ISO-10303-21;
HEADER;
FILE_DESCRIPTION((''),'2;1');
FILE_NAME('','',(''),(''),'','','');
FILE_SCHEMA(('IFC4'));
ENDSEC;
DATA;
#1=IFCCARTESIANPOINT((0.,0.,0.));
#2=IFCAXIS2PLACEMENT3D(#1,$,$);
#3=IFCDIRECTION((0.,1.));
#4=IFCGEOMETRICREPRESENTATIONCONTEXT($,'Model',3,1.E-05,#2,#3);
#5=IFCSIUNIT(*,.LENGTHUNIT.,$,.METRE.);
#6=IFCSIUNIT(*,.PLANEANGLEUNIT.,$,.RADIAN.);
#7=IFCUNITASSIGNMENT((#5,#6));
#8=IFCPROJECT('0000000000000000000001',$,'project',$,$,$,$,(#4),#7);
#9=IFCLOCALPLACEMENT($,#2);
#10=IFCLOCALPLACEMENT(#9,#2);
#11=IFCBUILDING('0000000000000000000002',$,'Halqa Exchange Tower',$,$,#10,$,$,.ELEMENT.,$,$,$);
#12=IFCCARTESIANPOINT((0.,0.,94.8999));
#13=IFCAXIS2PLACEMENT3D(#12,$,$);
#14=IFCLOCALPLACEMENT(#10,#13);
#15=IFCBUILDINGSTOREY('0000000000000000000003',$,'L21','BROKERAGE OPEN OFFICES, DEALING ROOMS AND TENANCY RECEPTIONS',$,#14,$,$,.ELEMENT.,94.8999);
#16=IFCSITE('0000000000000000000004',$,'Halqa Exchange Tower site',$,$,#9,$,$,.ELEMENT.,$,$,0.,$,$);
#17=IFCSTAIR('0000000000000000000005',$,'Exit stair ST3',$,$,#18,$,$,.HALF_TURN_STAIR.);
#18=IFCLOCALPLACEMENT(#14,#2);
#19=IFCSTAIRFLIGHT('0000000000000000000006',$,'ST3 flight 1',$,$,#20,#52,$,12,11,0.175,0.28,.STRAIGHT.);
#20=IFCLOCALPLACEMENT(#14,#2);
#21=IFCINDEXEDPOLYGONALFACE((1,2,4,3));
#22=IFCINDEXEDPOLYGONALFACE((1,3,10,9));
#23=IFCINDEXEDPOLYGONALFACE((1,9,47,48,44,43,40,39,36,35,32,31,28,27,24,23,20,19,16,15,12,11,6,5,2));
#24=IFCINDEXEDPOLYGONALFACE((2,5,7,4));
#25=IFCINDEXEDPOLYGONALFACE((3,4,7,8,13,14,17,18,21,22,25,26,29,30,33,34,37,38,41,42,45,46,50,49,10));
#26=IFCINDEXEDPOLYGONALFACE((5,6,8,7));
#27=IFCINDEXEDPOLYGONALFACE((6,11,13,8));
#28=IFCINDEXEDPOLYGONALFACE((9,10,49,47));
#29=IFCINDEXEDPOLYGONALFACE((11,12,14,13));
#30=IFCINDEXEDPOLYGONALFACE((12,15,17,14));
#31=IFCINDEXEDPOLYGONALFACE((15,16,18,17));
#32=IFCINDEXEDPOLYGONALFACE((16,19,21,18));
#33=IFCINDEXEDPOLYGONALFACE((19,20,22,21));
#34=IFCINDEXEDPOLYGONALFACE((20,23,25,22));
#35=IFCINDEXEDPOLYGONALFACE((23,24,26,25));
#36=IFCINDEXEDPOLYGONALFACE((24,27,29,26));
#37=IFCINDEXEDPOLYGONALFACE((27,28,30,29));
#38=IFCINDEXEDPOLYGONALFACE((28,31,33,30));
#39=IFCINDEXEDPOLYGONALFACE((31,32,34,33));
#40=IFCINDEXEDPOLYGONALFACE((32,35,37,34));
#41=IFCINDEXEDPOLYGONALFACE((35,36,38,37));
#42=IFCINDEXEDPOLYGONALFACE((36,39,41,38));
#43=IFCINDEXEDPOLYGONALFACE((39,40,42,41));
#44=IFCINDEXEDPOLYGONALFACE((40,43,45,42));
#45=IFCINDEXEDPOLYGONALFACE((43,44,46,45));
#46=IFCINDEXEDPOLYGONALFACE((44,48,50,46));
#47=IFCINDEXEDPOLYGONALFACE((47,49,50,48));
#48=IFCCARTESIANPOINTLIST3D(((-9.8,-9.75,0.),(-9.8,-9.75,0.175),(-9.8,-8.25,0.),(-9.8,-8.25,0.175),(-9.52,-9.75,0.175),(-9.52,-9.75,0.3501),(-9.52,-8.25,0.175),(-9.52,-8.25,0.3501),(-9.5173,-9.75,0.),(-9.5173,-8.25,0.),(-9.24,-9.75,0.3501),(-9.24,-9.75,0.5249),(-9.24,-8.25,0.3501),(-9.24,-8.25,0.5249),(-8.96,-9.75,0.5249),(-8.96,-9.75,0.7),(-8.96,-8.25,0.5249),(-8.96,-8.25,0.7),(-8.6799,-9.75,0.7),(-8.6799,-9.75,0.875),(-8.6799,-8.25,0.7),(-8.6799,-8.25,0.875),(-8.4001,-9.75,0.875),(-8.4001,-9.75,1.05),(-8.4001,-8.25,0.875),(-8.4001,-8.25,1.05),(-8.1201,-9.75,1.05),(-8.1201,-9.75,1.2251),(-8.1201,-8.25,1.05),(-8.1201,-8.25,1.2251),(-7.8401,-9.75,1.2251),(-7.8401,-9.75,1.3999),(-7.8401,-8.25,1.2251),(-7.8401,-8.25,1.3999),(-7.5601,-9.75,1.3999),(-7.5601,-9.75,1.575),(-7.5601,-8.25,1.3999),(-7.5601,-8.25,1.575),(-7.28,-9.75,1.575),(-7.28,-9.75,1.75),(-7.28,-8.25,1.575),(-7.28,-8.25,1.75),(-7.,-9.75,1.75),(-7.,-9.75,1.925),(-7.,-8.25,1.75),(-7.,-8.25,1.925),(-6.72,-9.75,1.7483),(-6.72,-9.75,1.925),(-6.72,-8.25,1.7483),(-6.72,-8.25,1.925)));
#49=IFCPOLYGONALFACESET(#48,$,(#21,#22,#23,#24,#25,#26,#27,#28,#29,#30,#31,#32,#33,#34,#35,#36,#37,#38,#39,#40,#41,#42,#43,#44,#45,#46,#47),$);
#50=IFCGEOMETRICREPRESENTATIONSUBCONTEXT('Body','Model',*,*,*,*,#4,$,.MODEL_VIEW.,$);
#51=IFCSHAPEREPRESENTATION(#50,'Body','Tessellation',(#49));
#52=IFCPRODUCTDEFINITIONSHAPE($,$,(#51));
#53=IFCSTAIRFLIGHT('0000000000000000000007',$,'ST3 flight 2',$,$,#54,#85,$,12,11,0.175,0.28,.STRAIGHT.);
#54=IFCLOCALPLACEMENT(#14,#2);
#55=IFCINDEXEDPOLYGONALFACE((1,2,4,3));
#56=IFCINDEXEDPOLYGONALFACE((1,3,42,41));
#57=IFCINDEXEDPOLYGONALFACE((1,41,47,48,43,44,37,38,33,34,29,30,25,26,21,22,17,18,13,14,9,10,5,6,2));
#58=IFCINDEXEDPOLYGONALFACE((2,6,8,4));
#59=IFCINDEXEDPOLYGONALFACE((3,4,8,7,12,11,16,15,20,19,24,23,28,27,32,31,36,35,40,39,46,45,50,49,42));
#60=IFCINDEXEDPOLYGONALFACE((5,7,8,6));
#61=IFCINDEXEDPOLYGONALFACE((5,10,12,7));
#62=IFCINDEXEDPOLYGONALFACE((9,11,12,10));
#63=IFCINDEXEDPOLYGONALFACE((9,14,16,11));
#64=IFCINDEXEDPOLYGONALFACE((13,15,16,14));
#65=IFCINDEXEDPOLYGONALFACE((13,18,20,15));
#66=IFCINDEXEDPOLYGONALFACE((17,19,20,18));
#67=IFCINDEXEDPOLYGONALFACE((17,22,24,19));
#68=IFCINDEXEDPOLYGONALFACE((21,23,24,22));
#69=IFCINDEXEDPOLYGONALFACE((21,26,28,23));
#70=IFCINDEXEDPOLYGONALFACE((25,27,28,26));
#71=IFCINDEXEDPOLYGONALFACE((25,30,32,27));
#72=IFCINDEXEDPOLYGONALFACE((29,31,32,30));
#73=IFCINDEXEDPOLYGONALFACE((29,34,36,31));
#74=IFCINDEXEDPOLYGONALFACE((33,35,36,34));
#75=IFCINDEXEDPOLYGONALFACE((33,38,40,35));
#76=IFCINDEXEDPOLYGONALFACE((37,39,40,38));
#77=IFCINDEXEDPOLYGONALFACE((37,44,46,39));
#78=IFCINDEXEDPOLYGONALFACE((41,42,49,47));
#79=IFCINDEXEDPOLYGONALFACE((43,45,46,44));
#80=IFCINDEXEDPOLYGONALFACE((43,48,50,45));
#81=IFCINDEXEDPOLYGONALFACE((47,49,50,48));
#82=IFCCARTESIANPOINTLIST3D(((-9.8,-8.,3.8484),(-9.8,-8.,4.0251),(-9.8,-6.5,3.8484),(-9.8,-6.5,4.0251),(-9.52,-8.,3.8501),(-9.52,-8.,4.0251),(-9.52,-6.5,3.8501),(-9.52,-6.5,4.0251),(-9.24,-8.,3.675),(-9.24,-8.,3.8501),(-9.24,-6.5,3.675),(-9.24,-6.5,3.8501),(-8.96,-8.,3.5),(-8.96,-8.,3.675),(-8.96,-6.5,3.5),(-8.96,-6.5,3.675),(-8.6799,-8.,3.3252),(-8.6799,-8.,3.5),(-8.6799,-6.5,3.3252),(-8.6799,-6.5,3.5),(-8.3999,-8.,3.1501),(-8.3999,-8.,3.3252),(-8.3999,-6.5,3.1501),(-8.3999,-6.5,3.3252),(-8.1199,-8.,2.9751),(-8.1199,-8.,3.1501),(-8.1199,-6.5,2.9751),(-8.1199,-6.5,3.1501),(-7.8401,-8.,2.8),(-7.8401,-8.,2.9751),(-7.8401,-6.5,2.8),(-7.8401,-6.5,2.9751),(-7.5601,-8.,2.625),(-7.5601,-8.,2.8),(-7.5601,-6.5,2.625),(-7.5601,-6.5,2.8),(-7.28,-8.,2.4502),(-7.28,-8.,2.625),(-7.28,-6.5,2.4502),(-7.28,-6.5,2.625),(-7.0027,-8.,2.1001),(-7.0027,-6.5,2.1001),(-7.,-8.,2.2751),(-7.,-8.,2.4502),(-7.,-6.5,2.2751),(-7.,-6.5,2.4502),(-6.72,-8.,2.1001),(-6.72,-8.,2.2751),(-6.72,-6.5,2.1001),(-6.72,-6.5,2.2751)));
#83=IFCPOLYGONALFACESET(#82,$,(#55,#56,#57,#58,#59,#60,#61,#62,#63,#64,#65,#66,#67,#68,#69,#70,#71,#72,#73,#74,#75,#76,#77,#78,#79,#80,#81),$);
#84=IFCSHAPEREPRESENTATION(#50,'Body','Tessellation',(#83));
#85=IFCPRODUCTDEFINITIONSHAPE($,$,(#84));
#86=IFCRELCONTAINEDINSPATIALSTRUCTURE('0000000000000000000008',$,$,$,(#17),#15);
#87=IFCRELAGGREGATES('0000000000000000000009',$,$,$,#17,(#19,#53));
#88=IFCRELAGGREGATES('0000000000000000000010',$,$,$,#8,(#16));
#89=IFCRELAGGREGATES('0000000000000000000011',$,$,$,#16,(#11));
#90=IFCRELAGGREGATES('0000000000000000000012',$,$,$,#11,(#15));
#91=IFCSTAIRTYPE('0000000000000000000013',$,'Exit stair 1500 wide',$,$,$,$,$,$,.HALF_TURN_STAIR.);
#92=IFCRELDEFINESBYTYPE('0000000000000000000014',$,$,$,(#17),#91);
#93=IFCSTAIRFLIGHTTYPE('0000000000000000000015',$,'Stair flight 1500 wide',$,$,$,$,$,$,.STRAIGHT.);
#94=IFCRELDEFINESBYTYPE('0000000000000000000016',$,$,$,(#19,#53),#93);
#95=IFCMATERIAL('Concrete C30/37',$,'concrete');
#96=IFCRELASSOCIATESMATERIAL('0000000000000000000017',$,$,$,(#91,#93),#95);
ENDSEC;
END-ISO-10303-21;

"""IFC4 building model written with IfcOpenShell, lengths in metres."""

from ifc_helpers import new_model, si_unit, direction, frame, origin, place, context, subcontext, project, spatial, polyline, outline, extrude, material, type_object, element, aggregate, save


model = new_model("IFC4")

# Units and contexts
model_context = context("Model", 3, precision=1e-05, world=origin(), true_north=direction((0.0, 1.0)))
body_context = subcontext(model_context, "Body", "Model", "MODEL_VIEW")
ifc_project = project(units=[si_unit("LENGTHUNIT", "METRE"), si_unit("PLANEANGLEUNIT", "RADIAN")], contexts=[model_context])

# Site, building, storey
site_placement = place(None, origin())
site = spatial("IfcSite", under=ifc_project, at=site_placement, Name="Halqa Exchange Tower site", CompositionType="ELEMENT", RefElevation=0.0)
building_placement = place(site_placement, origin())
building = spatial("IfcBuilding", under=site, at=building_placement, Name="Halqa Exchange Tower", CompositionType="ELEMENT")
storey_placement = place(building_placement, frame((0.0, 0.0, 94.8999)))
storey = spatial("IfcBuildingStorey", under=building, at=storey_placement, Name="L21", Description="BROKERAGE OPEN OFFICES, DEALING ROOMS AND TENANCY RECEPTIONS", CompositionType="ELEMENT", Elevation=94.8999)

# Shared definitions
ifc_material_1 = material(Name="Concrete C30/37", Category="concrete")

# Stair, stair flights
stair_type = type_object("IfcStairType", Name="Exit stair 1500 wide", PredefinedType="HALF_TURN_STAIR", material=ifc_material_1)
stair_placement = place(storey_placement, origin())
stair = element("IfcStair", 1, at=stair_placement, inside=storey, type_object=stair_type, Name="Exit stair ST3", PredefinedType="HALF_TURN_STAIR")
stair_flight_type = type_object("IfcStairFlightType", Name="Stair flight 1500 wide", PredefinedType="STRAIGHT", material=ifc_material_1)
stair_flight_1_placement = place(storey_placement, frame((-9.8, -9.0, 0.0), z_axis=(0.0, 0.0, 1.0), x_axis=(1.0, 0.0, 0.0)))
stair_flight_1 = element("IfcStairFlight", 2, at=stair_flight_1_placement, type_object=stair_flight_type, Name="ST3 flight 1", NumberOfRisers=12, NumberOfTreads=11, PredefinedType="STRAIGHT", RiserHeight=0.175, TreadLength=0.28, context=body_context, shape_type="SweptSolid", body=[
    extrude(outline(polyline([(0.0, 0.0), (0.0, 0.175), (0.28, 0.175), (0.28, 0.3501), (0.5601, 0.3501), (0.5601, 0.5249), (0.8401, 0.5249), (0.8401, 0.7), (1.1201, 0.7), (1.1201, 0.875), (1.3999, 0.875), (1.3999, 1.05), (1.6799, 1.05), (1.6799, 1.2251), (1.96, 1.2251), (1.96, 1.3999), (2.24, 1.3999), (2.24, 1.575), (2.52, 1.575), (2.52, 1.75), (2.8, 1.75), (2.8, 1.925), (3.0801, 1.925), (3.0801, 2.1001), (3.0801, 1.7483), (0.2827, 0.0), (0.0, 0.0)])), frame((0.0, 0.75, 0.0), z_axis=(0.0, -1.0, 0.0), x_axis=(1.0, 0.0, 0.0)), (0.0, 0.0, 1.0), 1.5),
])
stair_flight_2_placement = place(storey_placement, frame((-6.72, -7.25, 2.1001), z_axis=(0.0, 0.0, 1.0), x_axis=(-1.0, 0.0, 0.0)))
stair_flight_2 = element("IfcStairFlight", 3, at=stair_flight_2_placement, type_object=stair_flight_type, Name="ST3 flight 2", NumberOfRisers=12, NumberOfTreads=11, PredefinedType="STRAIGHT", RiserHeight=0.175, TreadLength=0.28, context=body_context, shape_type="SweptSolid", body=[
    extrude(outline(polyline([(0.0, 0.0), (0.0, 0.175), (0.28, 0.175), (0.28, 0.3501), (0.5601, 0.3501), (0.5601, 0.5249), (0.8401, 0.5249), (0.8401, 0.7), (1.1201, 0.7), (1.1201, 0.875), (1.3999, 0.875), (1.3999, 1.05), (1.6799, 1.05), (1.6799, 1.2251), (1.96, 1.2251), (1.96, 1.3999), (2.24, 1.3999), (2.24, 1.575), (2.52, 1.575), (2.52, 1.75), (2.8, 1.75), (2.8, 1.925), (3.0801, 1.925), (3.0801, 2.1001), (3.0801, 1.7483), (0.2827, 0.0), (0.0, 0.0)])), frame((0.0, 0.75, 0.0), z_axis=(0.0, -1.0, 0.0), x_axis=(1.0, 0.0, 0.0)), (0.0, 0.0, 1.0), 1.5),
])
aggregate(stair, [stair_flight_1, stair_flight_2])

save(model, "model.ifc")
